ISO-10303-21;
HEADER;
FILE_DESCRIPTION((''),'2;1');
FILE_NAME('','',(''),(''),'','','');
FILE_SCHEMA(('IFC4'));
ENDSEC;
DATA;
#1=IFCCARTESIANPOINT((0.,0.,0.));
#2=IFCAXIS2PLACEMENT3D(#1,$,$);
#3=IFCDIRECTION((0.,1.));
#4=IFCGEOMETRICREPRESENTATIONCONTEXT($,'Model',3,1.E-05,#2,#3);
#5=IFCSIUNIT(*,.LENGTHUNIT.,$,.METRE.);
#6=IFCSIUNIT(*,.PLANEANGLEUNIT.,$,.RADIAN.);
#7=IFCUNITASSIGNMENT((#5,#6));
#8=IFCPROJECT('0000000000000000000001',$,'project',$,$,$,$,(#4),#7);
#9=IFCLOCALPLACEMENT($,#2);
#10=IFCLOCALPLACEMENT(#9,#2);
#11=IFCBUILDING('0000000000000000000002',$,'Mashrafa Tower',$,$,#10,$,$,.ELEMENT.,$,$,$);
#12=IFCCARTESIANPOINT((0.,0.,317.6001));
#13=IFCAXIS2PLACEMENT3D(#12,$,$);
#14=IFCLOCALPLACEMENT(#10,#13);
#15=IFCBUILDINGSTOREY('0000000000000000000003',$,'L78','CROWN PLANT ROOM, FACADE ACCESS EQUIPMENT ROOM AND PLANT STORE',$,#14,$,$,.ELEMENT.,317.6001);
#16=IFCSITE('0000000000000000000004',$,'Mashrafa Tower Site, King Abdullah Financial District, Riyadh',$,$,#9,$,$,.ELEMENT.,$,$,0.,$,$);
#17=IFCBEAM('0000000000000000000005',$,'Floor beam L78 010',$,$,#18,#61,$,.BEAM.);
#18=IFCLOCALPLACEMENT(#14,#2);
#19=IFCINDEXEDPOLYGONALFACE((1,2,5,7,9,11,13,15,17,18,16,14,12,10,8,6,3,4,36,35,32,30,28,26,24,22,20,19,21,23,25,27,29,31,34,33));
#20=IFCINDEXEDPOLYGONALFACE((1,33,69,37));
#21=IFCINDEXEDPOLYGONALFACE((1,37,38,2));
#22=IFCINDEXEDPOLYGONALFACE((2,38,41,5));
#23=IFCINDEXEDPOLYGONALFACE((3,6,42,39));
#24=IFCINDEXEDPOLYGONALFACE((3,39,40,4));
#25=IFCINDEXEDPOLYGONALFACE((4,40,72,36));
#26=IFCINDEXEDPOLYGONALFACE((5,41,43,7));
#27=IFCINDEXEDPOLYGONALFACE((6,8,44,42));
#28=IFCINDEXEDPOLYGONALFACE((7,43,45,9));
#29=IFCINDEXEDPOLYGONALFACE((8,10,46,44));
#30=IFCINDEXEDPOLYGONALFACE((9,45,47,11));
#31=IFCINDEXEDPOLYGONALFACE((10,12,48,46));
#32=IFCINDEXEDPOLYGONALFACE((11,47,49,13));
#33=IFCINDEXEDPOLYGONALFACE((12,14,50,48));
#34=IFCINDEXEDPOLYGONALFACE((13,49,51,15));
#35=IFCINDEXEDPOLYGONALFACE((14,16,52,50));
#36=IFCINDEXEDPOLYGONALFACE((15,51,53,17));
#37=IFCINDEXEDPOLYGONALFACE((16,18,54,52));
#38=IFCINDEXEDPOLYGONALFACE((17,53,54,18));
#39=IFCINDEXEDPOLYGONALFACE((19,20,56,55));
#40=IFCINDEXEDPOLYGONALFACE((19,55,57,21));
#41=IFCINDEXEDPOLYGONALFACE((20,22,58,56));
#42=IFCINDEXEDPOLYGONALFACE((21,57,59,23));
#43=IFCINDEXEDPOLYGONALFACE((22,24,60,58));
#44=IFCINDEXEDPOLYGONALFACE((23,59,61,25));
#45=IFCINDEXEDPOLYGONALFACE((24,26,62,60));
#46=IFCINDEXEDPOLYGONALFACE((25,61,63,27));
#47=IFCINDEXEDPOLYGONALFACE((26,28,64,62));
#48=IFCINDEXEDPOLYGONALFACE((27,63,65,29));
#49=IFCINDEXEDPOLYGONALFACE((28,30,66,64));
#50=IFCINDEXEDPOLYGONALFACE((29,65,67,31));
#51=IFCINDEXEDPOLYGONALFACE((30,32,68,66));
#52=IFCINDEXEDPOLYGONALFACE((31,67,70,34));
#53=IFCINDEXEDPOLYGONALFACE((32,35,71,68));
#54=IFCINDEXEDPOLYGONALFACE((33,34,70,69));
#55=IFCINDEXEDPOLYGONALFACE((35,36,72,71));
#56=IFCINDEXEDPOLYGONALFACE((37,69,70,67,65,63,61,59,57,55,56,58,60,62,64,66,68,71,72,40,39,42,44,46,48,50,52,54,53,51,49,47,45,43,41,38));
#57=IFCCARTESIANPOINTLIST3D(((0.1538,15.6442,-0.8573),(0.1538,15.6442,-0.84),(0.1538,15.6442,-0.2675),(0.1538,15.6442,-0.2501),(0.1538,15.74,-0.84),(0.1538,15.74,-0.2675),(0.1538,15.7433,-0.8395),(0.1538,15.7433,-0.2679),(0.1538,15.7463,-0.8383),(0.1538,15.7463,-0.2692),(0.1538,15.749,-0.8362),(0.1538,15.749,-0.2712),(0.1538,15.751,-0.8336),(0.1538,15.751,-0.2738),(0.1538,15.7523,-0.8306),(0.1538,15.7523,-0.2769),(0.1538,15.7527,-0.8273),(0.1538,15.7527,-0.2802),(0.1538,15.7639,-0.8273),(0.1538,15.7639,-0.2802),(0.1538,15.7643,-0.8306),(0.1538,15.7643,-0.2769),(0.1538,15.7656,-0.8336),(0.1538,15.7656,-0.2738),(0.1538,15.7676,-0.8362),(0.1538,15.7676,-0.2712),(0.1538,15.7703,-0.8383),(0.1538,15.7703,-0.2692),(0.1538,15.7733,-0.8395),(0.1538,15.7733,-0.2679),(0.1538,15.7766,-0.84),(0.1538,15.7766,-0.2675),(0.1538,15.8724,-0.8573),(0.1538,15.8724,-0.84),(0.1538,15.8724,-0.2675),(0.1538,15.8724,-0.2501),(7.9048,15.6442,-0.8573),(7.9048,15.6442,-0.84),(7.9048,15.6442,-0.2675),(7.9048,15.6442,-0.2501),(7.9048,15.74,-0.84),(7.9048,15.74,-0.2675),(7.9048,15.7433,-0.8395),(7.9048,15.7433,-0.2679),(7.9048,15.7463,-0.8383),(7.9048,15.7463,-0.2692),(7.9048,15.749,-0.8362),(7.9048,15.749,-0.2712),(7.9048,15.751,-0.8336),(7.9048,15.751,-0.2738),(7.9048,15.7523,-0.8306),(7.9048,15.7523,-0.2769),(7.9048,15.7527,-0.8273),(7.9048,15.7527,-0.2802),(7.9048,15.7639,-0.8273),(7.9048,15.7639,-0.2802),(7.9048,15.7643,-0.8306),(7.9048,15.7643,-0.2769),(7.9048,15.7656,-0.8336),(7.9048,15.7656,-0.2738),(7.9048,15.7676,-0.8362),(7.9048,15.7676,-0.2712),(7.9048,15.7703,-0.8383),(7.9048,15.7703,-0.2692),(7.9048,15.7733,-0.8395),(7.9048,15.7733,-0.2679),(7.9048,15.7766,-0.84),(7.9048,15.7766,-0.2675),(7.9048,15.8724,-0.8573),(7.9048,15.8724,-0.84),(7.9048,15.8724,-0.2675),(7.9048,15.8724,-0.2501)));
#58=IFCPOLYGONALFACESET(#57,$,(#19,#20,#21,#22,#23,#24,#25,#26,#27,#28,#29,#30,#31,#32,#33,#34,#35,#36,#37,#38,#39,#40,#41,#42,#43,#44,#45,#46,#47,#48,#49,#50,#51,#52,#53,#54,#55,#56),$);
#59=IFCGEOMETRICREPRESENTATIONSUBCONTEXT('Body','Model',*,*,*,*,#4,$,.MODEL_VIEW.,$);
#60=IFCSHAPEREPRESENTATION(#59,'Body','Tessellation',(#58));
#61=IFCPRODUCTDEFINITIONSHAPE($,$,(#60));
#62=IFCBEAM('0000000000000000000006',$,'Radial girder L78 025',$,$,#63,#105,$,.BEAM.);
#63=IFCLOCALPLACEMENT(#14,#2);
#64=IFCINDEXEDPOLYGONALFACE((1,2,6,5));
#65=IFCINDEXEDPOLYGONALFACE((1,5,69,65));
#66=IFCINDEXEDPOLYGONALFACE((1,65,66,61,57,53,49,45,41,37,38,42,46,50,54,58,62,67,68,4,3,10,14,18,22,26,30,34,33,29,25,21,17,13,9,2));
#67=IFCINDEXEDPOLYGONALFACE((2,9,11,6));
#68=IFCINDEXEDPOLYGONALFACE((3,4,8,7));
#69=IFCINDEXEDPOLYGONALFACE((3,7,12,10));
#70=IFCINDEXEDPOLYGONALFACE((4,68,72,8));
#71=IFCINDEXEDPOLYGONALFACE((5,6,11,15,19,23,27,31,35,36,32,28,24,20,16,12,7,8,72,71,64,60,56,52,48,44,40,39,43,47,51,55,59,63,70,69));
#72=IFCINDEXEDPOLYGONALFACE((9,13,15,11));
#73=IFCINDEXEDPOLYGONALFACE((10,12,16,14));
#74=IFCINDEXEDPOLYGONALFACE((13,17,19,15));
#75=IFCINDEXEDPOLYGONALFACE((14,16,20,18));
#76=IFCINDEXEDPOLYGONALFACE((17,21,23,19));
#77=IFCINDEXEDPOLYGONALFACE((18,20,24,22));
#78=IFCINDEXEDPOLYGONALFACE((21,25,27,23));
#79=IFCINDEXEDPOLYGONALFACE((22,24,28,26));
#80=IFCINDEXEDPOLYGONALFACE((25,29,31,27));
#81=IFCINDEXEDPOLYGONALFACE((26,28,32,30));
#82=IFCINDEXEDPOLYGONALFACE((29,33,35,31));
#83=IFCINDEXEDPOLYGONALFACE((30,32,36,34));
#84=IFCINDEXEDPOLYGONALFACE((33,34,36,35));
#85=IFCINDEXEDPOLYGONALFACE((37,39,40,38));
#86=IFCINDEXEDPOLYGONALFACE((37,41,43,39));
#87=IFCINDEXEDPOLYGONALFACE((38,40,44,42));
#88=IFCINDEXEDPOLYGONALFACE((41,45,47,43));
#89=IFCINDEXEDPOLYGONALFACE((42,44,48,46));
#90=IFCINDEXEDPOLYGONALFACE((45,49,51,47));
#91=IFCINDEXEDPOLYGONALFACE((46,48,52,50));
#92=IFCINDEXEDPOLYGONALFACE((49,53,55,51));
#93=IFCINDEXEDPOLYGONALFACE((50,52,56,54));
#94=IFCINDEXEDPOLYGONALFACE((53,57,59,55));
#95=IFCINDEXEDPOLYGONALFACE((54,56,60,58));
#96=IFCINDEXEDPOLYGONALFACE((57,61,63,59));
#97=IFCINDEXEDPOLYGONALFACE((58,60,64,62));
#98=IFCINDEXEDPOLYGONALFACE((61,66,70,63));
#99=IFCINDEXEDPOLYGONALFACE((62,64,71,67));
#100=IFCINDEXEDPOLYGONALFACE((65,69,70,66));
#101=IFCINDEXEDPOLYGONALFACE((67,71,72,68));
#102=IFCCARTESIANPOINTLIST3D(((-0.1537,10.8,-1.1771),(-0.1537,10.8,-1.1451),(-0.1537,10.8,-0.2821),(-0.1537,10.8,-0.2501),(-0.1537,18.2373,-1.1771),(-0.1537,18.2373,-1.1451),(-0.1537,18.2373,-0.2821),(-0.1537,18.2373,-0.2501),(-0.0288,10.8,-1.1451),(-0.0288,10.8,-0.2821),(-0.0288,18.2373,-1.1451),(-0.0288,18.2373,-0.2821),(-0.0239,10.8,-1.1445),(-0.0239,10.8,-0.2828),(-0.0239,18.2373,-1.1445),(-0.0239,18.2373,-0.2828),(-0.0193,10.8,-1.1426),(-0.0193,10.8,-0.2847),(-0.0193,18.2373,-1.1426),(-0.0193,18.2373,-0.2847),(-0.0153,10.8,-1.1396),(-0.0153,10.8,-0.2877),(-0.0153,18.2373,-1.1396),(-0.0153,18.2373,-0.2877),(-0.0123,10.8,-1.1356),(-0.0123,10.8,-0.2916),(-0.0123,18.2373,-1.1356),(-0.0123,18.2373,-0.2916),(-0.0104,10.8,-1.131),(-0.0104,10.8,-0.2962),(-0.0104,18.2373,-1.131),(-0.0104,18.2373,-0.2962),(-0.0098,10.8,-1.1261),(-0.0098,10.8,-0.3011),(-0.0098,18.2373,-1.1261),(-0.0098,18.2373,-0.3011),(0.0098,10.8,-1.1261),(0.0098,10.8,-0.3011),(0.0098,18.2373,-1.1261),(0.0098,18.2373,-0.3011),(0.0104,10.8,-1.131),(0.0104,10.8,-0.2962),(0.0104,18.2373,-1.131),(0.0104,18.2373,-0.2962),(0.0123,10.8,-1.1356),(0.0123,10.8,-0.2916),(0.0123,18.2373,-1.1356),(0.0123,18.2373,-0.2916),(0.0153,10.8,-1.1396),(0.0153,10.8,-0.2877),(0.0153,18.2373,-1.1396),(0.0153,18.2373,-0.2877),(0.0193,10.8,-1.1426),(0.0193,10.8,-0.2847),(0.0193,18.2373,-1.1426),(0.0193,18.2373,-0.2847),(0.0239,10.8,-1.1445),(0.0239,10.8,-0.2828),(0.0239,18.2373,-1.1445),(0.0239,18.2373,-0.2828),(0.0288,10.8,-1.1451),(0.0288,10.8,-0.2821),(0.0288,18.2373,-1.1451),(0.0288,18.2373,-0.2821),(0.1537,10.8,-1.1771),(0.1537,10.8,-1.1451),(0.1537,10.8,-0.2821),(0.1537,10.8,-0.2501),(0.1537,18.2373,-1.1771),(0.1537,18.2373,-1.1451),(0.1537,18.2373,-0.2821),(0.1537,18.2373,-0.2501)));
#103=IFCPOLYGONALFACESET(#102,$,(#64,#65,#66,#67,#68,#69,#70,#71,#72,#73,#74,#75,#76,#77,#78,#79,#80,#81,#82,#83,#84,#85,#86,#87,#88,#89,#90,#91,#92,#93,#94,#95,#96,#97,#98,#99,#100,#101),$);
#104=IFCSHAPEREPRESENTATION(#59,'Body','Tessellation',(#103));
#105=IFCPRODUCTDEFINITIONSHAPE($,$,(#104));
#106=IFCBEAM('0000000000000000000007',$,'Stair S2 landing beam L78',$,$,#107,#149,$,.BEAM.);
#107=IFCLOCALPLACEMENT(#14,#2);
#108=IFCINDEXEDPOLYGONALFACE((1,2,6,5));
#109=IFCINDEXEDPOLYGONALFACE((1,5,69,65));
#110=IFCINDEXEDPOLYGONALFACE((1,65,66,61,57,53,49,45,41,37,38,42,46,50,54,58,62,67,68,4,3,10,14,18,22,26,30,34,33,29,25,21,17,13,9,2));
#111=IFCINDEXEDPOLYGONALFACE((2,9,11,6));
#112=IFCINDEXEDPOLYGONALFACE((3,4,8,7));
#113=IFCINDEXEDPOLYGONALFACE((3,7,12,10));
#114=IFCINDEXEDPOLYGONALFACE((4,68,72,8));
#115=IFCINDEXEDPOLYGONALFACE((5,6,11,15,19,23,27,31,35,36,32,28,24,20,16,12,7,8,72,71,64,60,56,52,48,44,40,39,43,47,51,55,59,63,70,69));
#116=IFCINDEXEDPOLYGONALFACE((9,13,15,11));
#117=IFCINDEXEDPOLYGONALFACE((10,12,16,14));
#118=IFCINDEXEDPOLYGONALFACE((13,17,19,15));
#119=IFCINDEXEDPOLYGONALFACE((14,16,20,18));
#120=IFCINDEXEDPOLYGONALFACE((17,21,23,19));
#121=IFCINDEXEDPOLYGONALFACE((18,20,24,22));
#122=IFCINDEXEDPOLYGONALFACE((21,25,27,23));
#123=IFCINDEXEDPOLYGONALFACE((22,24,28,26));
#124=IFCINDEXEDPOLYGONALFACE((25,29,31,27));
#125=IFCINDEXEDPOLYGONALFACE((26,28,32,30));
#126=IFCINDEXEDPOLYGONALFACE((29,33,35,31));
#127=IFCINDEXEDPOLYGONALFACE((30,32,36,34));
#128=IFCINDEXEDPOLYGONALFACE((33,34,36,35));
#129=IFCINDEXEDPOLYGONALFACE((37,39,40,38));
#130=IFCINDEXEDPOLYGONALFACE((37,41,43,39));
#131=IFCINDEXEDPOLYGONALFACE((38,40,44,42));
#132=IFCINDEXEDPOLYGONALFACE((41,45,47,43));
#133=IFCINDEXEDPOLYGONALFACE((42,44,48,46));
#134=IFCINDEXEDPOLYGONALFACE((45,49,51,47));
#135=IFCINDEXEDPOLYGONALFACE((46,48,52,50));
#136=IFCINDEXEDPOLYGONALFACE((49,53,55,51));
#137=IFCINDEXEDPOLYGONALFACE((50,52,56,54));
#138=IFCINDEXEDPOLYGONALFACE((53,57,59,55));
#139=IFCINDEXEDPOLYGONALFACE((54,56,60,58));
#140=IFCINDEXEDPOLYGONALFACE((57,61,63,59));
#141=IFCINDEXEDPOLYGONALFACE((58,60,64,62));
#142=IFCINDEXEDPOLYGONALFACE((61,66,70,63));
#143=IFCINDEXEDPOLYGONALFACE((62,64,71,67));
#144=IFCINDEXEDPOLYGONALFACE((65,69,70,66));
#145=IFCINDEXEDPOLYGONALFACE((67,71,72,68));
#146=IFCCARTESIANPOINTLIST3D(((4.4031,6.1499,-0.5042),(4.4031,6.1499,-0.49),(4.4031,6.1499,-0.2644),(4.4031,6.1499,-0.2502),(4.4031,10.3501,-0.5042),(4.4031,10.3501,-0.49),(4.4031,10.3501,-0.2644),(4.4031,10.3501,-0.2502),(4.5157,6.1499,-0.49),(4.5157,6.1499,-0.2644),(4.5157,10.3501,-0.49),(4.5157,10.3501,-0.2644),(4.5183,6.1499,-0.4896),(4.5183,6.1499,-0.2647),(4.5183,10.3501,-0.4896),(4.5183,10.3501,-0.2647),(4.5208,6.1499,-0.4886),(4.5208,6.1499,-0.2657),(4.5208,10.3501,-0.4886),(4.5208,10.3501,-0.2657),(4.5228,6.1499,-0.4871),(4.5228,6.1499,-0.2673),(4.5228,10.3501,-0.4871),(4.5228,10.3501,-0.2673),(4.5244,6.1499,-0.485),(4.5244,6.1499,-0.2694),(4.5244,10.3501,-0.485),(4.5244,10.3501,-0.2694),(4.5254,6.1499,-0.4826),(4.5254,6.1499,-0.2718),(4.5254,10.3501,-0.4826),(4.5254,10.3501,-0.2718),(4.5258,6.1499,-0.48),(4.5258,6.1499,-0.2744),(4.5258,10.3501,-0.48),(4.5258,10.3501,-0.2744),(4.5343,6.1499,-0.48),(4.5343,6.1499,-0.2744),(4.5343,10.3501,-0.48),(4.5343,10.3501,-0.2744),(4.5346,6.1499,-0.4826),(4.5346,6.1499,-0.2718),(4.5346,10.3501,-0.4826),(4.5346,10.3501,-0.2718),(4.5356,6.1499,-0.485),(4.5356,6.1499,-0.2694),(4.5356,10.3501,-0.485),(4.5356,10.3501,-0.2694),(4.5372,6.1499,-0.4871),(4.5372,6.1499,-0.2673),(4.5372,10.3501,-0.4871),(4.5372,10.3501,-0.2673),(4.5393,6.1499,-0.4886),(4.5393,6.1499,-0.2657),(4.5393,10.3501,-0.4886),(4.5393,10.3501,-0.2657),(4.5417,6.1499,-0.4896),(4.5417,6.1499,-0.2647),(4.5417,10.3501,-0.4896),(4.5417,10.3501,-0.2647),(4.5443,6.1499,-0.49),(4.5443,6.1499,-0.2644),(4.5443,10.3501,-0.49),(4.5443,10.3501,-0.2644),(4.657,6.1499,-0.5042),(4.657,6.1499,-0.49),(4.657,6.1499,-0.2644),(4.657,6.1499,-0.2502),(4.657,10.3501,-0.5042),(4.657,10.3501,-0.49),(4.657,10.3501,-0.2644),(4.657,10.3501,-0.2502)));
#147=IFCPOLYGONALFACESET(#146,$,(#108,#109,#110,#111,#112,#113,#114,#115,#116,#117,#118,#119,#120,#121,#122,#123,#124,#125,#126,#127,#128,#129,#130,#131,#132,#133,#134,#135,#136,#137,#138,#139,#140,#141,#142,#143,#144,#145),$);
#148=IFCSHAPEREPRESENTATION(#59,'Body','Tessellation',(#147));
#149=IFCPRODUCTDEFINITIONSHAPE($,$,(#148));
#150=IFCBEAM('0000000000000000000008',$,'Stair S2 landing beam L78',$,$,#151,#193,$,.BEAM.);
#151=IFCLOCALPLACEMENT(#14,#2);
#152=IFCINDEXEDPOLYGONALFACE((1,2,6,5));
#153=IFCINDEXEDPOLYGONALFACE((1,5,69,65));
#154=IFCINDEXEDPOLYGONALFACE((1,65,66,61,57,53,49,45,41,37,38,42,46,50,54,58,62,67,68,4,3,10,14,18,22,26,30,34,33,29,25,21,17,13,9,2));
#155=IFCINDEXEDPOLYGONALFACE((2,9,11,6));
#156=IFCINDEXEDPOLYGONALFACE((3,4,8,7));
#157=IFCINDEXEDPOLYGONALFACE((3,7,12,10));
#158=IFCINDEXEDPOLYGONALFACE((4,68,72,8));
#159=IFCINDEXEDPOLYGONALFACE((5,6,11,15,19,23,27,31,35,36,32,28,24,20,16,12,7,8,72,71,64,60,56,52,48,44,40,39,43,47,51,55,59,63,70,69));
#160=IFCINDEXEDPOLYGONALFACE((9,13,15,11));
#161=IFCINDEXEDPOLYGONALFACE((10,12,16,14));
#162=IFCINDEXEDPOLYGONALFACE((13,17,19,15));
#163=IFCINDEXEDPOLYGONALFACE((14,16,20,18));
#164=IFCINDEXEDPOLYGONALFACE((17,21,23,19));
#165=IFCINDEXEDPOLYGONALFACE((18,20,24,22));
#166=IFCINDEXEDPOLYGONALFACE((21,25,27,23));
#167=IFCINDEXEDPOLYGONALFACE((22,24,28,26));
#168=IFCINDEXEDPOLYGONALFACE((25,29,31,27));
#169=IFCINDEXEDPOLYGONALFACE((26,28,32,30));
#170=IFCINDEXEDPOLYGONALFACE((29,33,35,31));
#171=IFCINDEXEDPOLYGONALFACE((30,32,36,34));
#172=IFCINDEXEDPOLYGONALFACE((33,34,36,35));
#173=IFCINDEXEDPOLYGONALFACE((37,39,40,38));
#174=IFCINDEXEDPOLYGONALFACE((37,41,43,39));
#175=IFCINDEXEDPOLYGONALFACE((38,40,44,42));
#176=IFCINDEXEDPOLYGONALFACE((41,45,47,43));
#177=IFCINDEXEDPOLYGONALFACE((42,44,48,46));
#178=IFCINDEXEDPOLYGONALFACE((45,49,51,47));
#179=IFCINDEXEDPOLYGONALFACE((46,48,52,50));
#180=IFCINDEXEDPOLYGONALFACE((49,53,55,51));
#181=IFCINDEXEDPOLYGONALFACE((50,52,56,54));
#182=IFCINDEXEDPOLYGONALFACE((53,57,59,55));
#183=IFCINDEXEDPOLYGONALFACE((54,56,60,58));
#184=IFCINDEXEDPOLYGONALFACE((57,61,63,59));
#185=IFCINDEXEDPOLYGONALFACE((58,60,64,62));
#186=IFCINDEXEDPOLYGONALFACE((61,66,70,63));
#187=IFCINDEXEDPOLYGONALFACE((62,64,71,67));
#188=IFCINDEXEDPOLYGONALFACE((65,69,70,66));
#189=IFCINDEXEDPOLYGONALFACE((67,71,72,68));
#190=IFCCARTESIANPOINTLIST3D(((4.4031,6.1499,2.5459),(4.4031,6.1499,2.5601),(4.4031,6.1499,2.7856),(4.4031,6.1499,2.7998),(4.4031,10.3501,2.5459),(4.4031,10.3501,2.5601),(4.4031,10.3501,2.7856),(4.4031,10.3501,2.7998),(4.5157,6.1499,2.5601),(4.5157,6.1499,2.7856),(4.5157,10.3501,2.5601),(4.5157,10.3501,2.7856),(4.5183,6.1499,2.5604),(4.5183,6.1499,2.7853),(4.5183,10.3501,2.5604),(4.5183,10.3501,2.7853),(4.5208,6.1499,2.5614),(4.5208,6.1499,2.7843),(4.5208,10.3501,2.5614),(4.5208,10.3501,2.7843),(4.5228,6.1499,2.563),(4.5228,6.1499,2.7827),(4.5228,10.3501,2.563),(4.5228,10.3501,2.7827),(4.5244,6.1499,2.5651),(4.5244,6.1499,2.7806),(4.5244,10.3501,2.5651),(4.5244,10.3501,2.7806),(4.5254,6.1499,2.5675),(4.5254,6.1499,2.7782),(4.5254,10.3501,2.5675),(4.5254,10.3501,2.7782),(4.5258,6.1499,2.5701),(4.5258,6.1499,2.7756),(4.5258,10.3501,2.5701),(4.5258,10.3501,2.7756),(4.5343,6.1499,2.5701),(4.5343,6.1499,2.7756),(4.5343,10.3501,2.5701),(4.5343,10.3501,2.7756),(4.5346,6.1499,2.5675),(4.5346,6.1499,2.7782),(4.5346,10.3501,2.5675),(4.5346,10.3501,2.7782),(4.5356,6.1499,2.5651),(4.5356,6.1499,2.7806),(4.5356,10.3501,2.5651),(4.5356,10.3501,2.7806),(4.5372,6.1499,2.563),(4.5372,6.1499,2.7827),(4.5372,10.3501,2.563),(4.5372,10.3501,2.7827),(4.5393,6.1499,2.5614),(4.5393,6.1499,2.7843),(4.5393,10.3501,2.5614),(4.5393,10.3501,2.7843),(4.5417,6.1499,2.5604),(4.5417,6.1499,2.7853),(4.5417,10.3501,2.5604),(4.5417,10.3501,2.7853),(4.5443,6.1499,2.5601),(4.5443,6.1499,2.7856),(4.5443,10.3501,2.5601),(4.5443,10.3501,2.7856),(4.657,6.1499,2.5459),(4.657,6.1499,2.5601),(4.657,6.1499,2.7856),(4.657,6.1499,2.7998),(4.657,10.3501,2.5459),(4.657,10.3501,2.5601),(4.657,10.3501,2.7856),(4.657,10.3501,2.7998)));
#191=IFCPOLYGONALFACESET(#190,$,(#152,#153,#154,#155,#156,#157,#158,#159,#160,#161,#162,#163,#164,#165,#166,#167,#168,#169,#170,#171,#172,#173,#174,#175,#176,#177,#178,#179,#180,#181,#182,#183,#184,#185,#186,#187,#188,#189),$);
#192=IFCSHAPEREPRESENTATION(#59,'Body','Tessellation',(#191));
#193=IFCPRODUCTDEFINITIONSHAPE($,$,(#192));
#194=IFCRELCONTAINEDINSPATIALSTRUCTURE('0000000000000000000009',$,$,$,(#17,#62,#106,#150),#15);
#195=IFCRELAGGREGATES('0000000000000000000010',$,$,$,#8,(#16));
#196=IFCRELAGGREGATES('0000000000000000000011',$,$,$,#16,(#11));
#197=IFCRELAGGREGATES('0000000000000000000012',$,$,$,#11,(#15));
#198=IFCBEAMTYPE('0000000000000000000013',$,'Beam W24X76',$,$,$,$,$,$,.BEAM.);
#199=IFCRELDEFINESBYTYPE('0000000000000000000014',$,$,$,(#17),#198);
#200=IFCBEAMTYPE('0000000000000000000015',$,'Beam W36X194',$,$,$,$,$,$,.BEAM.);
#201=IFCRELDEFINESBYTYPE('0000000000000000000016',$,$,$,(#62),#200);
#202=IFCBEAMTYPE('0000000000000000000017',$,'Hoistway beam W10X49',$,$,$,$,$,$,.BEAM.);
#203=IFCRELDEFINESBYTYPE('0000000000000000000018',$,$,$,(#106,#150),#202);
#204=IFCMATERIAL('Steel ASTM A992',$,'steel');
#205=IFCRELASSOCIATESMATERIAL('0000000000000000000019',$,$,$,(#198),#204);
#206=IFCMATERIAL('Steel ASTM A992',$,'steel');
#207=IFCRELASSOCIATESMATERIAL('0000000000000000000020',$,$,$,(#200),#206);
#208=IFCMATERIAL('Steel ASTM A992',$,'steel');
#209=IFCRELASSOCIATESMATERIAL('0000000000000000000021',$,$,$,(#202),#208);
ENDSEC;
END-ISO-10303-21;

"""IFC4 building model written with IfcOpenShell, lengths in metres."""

from ifc_helpers import new_model, si_unit, direction, frame, origin, origin_2d, place, context, subcontext, project, spatial, i_section, extrude, material, material_profile, profile_set, type_object, element, save


model = new_model("IFC4")

# Units and contexts
model_context = context("Model", 3, precision=1e-05, world=origin(), true_north=direction((0.0, 1.0)))
body_context = subcontext(model_context, "Body", "Model", "MODEL_VIEW")
ifc_project = project(units=[si_unit("LENGTHUNIT", "METRE"), si_unit("PLANEANGLEUNIT", "RADIAN")], contexts=[model_context])

# Site, building, storey
site_placement = place(None, origin())
site = spatial("IfcSite", under=ifc_project, at=site_placement, Name="Mashrafa Tower Site, King Abdullah Financial District, Riyadh", CompositionType="ELEMENT", RefElevation=0.0)
building_placement = place(site_placement, origin())
building = spatial("IfcBuilding", under=site, at=building_placement, Name="Mashrafa Tower", CompositionType="ELEMENT")
storey_placement = place(building_placement, frame((0.0, 0.0, 317.6001)))
storey = spatial("IfcBuildingStorey", under=building, at=storey_placement, Name="L78", Description="CROWN PLANT ROOM, FACADE ACCESS EQUIPMENT ROOM AND PLANT STORE", CompositionType="ELEMENT", Elevation=317.6001)

# Beams
ifc_material_1 = material(Name="Steel ASTM A992", Category="steel")
ifc_material_profile_1 = material_profile(ifc_material_1, i_section(OverallWidth=0.2283, OverallDepth=0.6072, WebThickness=0.0112, FlangeThickness=0.0173, FilletRadius=0.0127, at=origin_2d()), Name="W24X76")
ifc_profile_set_1 = profile_set([ifc_material_profile_1], Name="Steel ASTM A992")
beam_type_1 = type_object("IfcBeamType", Name="Beam W24X76", PredefinedType="BEAM", material=ifc_profile_set_1)
beam_1_placement = place(storey_placement, frame((0.1538, 15.7583, -0.5537), z_axis=(1.0, 0.0, 0.0), x_axis=(0.0, 1.0, 0.0)))
element("IfcBeam", 1, at=beam_1_placement, inside=storey, type_object=beam_type_1, Name="Floor beam L78 010", PredefinedType="BEAM", context=body_context, shape_type="SweptSolid", body=[
    extrude(i_section(OverallWidth=0.2283, OverallDepth=0.6072, WebThickness=0.0112, FlangeThickness=0.0173, FilletRadius=0.0127, at=origin_2d()), origin(), (0.0, 0.0, 1.0), 7.751),
])
ifc_material_2 = material(Name="Steel ASTM A992", Category="steel")
ifc_material_profile_2 = material_profile(ifc_material_2, i_section(OverallWidth=0.3074, OverallDepth=0.927, WebThickness=0.0195, FlangeThickness=0.032, FilletRadius=0.019, at=origin_2d()), Name="W36X194")
ifc_profile_set_2 = profile_set([ifc_material_profile_2], Name="Steel ASTM A992")
beam_type_2 = type_object("IfcBeamType", Name="Beam W36X194", PredefinedType="BEAM", material=ifc_profile_set_2)
beam_2_placement = place(storey_placement, frame((0.0, 10.8, -0.7136), z_axis=(0.0, 1.0, 0.0), x_axis=(-1.0, 0.0, 0.0)))
element("IfcBeam", 2, at=beam_2_placement, inside=storey, type_object=beam_type_2, Name="Radial girder L78 025", PredefinedType="BEAM", context=body_context, shape_type="SweptSolid", body=[
    extrude(i_section(OverallWidth=0.3074, OverallDepth=0.927, WebThickness=0.0195, FlangeThickness=0.032, FilletRadius=0.019, at=origin_2d()), origin(), (0.0, 0.0, 1.0), 7.4373),
])
ifc_material_3 = material(Name="Steel ASTM A992", Category="steel")
ifc_material_profile_3 = material_profile(ifc_material_3, i_section(OverallWidth=0.2539, OverallDepth=0.2539, WebThickness=0.0085, FlangeThickness=0.0142, FilletRadius=0.01, at=origin_2d()), Name="W10X49")
ifc_profile_set_3 = profile_set([ifc_material_profile_3], Name="Steel ASTM A992")
beam_type_3 = type_object("IfcBeamType", Name="Hoistway beam W10X49", PredefinedType="BEAM", material=ifc_profile_set_3)
for number, where, z_axis, x_axis, name in (
    (3, (4.53, 6.1499, -0.3772), (0.0, 1.0, 0.0), (-1.0, 0.0, 0.0), "Stair S2 landing beam L78"),
    (4, (4.53, 6.1499, 2.6729), (0.0, 1.0, 0.0), (-1.0, 0.0, 0.0), "Stair S2 landing beam L78"),
):
    element("IfcBeam", number, at=place(storey_placement, frame(where, z_axis=z_axis, x_axis=x_axis)), inside=storey, type_object=beam_type_3, Name=name, PredefinedType="BEAM", context=body_context, shape_type="SweptSolid", body=[
        extrude(i_section(OverallWidth=0.2539, OverallDepth=0.2539, WebThickness=0.0085, FlangeThickness=0.0142, FilletRadius=0.01, at=origin_2d()), origin(), (0.0, 0.0, 1.0), 4.2002),
    ])

save(model, "model.ifc")
